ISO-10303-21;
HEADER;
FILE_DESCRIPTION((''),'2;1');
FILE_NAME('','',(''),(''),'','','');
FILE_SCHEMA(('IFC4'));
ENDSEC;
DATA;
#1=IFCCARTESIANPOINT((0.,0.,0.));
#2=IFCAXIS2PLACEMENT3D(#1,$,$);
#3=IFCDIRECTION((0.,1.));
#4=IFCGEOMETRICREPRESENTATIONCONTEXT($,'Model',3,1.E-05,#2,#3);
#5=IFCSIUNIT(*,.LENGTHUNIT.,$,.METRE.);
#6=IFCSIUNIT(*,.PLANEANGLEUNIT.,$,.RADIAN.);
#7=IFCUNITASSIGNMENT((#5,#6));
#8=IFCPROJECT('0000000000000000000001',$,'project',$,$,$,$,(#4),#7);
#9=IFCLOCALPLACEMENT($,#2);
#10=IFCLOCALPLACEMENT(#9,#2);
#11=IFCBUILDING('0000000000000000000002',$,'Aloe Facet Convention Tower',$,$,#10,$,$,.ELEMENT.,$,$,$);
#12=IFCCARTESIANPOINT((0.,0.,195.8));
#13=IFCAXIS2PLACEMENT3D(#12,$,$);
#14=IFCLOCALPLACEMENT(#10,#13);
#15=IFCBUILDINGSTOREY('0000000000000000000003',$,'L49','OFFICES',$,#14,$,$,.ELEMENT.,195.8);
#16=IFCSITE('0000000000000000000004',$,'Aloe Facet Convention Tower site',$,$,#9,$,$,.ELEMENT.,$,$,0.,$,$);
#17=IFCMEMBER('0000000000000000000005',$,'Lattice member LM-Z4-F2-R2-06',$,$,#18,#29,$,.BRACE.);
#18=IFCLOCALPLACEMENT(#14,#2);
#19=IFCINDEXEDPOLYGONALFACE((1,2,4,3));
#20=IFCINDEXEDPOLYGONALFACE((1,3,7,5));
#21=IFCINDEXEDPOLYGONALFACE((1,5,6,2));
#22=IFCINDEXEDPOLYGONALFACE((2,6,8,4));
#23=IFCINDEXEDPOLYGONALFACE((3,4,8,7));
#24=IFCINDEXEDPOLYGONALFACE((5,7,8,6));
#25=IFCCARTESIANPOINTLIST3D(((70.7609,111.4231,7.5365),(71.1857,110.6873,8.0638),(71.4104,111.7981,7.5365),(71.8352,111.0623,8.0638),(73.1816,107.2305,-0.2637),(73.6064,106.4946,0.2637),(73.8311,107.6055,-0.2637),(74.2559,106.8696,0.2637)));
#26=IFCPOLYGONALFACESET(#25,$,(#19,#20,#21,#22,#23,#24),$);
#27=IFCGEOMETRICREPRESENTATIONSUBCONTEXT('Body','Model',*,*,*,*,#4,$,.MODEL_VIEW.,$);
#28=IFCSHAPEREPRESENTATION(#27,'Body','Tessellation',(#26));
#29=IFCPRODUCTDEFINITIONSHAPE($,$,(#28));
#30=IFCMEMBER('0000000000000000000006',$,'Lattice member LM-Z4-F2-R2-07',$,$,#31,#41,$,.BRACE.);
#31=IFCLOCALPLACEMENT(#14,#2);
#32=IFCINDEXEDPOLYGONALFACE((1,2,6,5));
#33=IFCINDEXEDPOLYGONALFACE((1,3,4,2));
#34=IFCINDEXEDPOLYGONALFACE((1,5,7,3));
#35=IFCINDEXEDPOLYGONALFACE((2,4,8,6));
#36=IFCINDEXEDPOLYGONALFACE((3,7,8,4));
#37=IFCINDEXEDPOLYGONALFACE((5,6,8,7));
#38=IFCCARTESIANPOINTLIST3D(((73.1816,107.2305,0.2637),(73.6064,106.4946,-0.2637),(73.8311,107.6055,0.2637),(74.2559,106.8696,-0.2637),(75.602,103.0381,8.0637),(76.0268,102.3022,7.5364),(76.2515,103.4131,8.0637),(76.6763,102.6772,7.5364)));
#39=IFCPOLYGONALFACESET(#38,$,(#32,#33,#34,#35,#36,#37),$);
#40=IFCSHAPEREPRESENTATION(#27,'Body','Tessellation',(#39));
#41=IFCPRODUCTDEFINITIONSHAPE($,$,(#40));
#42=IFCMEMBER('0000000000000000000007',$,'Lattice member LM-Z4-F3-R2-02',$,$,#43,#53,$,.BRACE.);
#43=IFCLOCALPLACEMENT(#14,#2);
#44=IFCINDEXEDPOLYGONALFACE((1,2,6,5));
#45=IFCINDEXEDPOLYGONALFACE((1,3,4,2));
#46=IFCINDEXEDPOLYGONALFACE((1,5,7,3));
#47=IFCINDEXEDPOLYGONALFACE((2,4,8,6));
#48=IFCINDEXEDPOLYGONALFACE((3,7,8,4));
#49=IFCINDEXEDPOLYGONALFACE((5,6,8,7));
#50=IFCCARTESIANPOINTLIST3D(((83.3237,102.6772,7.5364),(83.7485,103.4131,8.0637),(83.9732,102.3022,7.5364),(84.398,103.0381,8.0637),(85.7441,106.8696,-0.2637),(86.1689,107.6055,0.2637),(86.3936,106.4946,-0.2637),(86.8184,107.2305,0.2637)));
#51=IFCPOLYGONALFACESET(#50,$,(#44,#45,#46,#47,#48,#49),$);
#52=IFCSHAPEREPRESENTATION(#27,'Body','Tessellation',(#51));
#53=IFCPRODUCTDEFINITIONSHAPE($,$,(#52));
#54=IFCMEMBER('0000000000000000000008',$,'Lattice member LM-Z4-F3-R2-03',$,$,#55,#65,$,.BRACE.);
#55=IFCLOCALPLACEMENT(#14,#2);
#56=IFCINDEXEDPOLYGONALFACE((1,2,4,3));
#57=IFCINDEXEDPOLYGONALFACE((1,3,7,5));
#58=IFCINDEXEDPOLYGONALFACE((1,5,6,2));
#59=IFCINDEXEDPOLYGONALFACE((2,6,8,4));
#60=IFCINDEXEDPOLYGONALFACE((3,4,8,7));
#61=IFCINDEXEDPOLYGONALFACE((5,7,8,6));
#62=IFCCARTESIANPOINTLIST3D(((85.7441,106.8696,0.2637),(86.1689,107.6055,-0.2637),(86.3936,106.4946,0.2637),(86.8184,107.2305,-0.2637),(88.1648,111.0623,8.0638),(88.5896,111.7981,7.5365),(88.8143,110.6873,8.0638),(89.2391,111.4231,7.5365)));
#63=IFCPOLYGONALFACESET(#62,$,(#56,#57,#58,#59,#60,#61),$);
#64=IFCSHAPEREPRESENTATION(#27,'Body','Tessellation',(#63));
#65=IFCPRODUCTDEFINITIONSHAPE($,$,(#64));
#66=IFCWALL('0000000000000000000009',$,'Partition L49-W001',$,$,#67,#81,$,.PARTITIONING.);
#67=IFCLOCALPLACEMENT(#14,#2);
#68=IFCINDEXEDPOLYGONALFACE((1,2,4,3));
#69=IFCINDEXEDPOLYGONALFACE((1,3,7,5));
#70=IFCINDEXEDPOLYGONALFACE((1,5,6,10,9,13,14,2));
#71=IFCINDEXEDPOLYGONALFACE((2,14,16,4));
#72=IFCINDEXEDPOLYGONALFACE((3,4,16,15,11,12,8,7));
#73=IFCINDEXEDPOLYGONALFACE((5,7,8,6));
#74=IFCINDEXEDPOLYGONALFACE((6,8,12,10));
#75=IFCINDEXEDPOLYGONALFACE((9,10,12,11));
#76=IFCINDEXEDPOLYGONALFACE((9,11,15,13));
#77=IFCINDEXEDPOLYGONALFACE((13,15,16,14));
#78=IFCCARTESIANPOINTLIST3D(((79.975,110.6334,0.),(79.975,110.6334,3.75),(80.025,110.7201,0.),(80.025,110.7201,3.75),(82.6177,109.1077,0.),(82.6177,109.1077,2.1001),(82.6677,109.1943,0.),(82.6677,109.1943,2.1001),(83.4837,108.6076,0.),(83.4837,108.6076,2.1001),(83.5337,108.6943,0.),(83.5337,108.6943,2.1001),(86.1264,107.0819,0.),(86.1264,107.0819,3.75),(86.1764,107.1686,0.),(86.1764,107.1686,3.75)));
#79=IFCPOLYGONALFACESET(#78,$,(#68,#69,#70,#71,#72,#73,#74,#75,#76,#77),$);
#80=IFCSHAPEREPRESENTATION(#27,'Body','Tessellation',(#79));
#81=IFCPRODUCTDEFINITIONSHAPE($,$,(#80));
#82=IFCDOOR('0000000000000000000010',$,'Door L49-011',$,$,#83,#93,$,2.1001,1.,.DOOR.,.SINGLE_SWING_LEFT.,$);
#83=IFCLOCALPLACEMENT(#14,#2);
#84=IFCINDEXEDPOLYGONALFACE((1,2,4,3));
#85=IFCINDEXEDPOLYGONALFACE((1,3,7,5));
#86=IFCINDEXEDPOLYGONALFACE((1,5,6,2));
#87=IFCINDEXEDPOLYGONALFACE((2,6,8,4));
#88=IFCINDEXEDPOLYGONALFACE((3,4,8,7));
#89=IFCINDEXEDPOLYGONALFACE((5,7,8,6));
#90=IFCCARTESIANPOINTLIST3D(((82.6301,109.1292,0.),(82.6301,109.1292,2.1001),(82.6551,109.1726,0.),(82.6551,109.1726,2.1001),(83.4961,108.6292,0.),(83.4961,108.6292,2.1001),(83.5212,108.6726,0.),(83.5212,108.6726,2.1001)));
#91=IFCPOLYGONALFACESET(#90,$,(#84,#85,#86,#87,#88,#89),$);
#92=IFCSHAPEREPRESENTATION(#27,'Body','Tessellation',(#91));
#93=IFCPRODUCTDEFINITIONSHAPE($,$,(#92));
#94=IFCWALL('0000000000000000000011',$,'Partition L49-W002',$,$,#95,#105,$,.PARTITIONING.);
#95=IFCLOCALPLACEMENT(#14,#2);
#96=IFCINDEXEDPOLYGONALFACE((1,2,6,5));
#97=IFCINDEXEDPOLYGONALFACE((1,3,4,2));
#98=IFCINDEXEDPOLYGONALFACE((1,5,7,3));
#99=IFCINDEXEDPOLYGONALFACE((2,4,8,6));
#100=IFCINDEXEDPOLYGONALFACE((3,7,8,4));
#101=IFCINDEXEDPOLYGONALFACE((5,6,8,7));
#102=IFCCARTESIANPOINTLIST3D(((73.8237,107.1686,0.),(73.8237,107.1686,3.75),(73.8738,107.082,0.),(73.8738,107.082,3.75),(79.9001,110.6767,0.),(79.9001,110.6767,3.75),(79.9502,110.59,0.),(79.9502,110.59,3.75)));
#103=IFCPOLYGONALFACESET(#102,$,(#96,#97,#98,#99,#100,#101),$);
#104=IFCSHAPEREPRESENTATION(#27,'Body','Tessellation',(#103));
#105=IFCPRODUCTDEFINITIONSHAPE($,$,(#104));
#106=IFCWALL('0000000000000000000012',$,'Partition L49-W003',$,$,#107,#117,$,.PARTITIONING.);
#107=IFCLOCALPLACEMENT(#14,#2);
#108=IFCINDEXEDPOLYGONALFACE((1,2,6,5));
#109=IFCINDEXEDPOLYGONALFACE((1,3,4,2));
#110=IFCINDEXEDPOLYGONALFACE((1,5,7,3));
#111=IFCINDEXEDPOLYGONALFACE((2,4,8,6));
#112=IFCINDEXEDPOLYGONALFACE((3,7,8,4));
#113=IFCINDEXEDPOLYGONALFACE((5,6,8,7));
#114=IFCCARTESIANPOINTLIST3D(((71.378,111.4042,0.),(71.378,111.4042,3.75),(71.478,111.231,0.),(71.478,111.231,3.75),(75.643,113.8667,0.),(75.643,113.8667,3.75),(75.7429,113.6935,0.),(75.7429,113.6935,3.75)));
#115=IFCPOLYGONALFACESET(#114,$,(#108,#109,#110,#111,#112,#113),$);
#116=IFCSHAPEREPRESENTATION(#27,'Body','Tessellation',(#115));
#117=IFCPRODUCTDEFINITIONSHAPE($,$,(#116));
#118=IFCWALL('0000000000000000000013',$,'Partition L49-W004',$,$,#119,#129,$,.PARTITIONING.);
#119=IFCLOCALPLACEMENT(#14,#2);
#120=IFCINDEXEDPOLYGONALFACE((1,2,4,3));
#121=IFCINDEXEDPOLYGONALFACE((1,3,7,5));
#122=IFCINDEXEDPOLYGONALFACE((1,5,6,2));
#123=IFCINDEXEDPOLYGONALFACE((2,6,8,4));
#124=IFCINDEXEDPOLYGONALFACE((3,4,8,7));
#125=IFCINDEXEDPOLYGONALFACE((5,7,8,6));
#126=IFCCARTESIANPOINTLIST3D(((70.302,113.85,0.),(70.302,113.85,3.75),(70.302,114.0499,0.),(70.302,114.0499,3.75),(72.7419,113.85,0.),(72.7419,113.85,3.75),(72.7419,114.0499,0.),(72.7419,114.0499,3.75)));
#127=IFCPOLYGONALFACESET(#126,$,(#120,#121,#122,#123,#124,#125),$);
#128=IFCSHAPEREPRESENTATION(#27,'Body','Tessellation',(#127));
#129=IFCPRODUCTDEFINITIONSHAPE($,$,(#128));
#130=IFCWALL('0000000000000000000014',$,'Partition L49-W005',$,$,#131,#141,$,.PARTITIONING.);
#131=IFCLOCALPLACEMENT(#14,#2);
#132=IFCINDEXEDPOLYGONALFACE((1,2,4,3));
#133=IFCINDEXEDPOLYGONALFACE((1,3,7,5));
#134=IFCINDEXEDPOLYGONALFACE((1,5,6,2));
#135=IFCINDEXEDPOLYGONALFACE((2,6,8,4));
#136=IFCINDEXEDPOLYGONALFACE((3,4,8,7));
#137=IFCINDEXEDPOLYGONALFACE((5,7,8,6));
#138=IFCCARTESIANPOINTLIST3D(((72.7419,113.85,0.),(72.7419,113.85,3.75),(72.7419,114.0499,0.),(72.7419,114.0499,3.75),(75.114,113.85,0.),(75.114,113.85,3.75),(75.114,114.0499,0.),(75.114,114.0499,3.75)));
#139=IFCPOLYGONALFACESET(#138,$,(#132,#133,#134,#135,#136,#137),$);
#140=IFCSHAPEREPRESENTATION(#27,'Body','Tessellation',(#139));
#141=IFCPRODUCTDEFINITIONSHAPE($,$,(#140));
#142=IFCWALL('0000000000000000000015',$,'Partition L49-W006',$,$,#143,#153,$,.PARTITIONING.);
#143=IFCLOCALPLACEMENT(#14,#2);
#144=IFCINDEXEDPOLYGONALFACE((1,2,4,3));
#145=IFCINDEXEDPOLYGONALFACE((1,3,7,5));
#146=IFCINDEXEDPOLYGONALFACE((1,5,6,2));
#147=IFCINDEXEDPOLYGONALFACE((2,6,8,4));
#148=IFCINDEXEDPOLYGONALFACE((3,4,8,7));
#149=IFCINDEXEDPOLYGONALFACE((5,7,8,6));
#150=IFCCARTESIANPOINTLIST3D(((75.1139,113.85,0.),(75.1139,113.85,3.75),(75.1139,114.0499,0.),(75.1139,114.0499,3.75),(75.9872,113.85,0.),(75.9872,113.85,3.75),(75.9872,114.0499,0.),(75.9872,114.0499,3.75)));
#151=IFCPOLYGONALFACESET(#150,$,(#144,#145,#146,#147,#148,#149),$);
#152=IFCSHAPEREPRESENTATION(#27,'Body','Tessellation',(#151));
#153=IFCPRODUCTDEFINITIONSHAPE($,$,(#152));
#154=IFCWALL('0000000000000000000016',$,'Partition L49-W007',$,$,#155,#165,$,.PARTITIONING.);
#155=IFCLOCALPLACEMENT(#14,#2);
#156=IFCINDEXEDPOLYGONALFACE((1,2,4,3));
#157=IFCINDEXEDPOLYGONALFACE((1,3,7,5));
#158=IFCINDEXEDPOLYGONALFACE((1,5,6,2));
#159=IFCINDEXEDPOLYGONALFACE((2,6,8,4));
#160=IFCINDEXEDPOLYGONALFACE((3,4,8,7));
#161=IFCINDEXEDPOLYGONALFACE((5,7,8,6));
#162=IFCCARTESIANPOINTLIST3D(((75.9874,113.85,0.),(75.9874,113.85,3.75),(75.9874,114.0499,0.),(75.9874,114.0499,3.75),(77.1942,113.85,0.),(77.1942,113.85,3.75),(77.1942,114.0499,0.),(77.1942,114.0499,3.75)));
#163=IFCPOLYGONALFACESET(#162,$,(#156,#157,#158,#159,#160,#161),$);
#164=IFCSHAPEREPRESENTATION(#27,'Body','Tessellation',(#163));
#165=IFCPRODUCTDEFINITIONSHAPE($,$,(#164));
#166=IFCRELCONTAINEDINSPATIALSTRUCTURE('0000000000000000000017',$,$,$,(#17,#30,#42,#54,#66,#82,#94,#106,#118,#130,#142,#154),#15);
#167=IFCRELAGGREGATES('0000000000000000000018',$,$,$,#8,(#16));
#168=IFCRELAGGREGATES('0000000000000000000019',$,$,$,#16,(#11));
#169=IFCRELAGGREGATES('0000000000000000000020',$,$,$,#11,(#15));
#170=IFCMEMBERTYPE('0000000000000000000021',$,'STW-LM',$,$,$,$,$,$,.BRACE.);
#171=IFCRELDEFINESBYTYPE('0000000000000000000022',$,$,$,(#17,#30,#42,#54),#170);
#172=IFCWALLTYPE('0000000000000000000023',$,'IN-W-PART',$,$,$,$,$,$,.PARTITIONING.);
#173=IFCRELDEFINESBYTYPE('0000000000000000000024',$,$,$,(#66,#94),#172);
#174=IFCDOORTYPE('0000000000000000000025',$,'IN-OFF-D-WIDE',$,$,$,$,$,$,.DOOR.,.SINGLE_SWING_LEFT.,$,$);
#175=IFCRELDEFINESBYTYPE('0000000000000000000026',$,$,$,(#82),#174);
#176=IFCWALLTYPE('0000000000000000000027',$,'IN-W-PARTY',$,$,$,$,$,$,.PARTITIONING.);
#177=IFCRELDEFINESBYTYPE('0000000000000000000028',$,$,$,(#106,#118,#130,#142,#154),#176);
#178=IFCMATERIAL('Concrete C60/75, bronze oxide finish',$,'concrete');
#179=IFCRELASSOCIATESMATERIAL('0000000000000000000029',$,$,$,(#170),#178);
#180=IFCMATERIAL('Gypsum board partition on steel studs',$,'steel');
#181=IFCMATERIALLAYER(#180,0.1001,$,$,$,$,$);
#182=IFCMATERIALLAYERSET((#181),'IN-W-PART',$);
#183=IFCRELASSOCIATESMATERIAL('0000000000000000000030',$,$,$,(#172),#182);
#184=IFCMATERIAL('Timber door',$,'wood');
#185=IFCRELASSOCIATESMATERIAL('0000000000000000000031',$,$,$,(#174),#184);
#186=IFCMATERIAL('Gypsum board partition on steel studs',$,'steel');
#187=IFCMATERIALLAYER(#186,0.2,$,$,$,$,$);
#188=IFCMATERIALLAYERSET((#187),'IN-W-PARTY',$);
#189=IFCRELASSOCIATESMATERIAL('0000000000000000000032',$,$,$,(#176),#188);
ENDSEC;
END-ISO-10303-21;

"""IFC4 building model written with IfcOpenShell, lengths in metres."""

from ifc_helpers import new_model, si_unit, direction, frame, frame_2d, origin, origin_2d, place, context, subcontext, project, spatial, rectangle, extrude, material, layer, layer_set, material_profile, profile_set, type_object, element, fill, save


model = new_model("IFC4")

# Units and contexts
model_context = context("Model", 3, precision=1e-05, world=origin(), true_north=direction((0.0, 1.0)))
body_context = subcontext(model_context, "Body", "Model", "MODEL_VIEW")
ifc_project = project(units=[si_unit("LENGTHUNIT", "METRE"), si_unit("PLANEANGLEUNIT", "RADIAN")], contexts=[model_context])

# Site, building, storey
site_placement = place(None, origin())
site = spatial("IfcSite", under=ifc_project, at=site_placement, Name="Aloe Facet Convention Tower site", CompositionType="ELEMENT", RefElevation=0.0)
building_placement = place(site_placement, origin())
building = spatial("IfcBuilding", under=site, at=building_placement, Name="Aloe Facet Convention Tower", CompositionType="ELEMENT")
storey_placement = place(building_placement, frame((0.0, 0.0, 195.8)))
storey = spatial("IfcBuildingStorey", under=building, at=storey_placement, Name="L49", Description="OFFICES", CompositionType="ELEMENT", Elevation=195.8)

# Members
ifc_material_1 = material(Name="Concrete C60/75, bronze oxide finish", Category="concrete")
ifc_material_profile_1 = material_profile(ifc_material_1, rectangle(XDim=0.75, YDim=1.0, at=origin_2d()), Name="STW-LM")
ifc_profile_set_1 = profile_set([ifc_material_profile_1], Name="Concrete C60/75, bronze oxide finish")
member_type = type_object("IfcMemberType", Name="STW-LM", PredefinedType="BRACE", material=ifc_profile_set_1)
member_1_placement = place(storey_placement, frame((73.7188, 107.05, 0.0), z_axis=(-0.263678, 0.456697, 0.849648), x_axis=(-0.866022, -0.500006, 0.0)))
element("IfcMember", 1, at=member_1_placement, inside=storey, type_object=member_type, Name="Lattice member LM-Z4-F2-R2-06", PredefinedType="BRACE", context=body_context, shape_type="SweptSolid", body=[
    extrude(rectangle(XDim=0.75, YDim=1.0, at=origin_2d()), origin(), (0.0, 0.0, 1.0), 9.1804),
])
for number, where, z_axis, x_axis, name in (
    (2, (73.7188, 107.05, 0.0), (0.263657, -0.456679, 0.849664), (0.866031, 0.49999, 0.0), "Lattice member LM-Z4-F2-R2-07"),
    (3, (86.2812, 107.05, 0.0), (-0.263657, -0.456679, 0.849664), (0.866031, -0.49999, 0.0), "Lattice member LM-Z4-F3-R2-02"),
):
    element("IfcMember", number, at=place(storey_placement, frame(where, z_axis=z_axis, x_axis=x_axis)), inside=storey, type_object=member_type, Name=name, PredefinedType="BRACE", context=body_context, shape_type="SweptSolid", body=[
        extrude(rectangle(XDim=0.75, YDim=1.0, at=origin_2d()), origin(), (0.0, 0.0, 1.0), 9.1802),
    ])
member_2_placement = place(storey_placement, frame((86.2812, 107.05, 0.0), z_axis=(0.263678, 0.456697, 0.849648), x_axis=(-0.866022, 0.500006, 0.0)))
element("IfcMember", 4, at=member_2_placement, inside=storey, type_object=member_type, Name="Lattice member LM-Z4-F3-R2-03", PredefinedType="BRACE", context=body_context, shape_type="SweptSolid", body=[
    extrude(rectangle(XDim=0.75, YDim=1.0, at=origin_2d()), origin(), (0.0, 0.0, 1.0), 9.1804),
])

# Wall, opening, door
ifc_material_2 = material(Name="Gypsum board partition on steel studs", Category="steel")
ifc_layer_1 = layer(ifc_material_2, 0.1001)
ifc_layer_set_1 = layer_set([ifc_layer_1], Name="IN-W-PART")
wall_type_1 = type_object("IfcWallType", Name="IN-W-PART", PredefinedType="PARTITIONING", material=ifc_layer_set_1)
wall_1_placement = place(storey_placement, frame((80.0, 110.6768, 0.0), z_axis=(0.0, 0.0, 1.0), x_axis=(0.866024, -0.500002, 0.0)))
wall_1 = element("IfcWall", 5, at=wall_1_placement, inside=storey, type_object=wall_type_1, Name="Partition L49-W001", PredefinedType="PARTITIONING", context=body_context, shape_type="SweptSolid", body=[
    extrude(rectangle(XDim=7.103, YDim=0.1001, at=frame_2d((3.5515, 0.0))), origin(), (0.0, 0.0, 1.0), 3.75),
])
opening_placement = place(wall_1_placement, frame((3.0515, 0.0, 0.0)))
opening = element("IfcOpeningElement", 6, at=opening_placement, cuts=wall_1, PredefinedType="OPENING", context=body_context, shape_type="SweptSolid", body=[
    extrude(rectangle(XDim=1.0, YDim=2.1001, at=frame_2d((0.5, 1.05))), frame((0.0, 0.0601, 0.0), z_axis=(0.0, -1.0, 0.0), x_axis=(1.0, 0.0, 0.0)), (0.0, 0.0, 1.0), 0.1201),
])
ifc_material_3 = material(Name="Timber door", Category="wood")
door_type = type_object("IfcDoorType", Name="IN-OFF-D-WIDE", OperationType="SINGLE_SWING_LEFT", PredefinedType="DOOR", material=ifc_material_3)
door_placement = place(opening_placement, origin())
door = element("IfcDoor", 7, at=door_placement, inside=storey, type_object=door_type, Name="Door L49-011", OperationType="SINGLE_SWING_LEFT", OverallHeight=2.1001, OverallWidth=1.0, PredefinedType="DOOR", context=body_context, shape_type="SweptSolid", body=[
    extrude(rectangle(XDim=1.0, YDim=2.1001, at=frame_2d((0.5, 1.05))), frame((0.0, 0.0249, 0.0), z_axis=(0.0, -1.0, 0.0), x_axis=(1.0, 0.0, 0.0)), (0.0, 0.0, 1.0), 0.05),
])
fill(opening, door)

# Walls
wall_2_placement = place(storey_placement, frame((73.8486, 107.1252, 0.0), z_axis=(0.0, 0.0, 1.0), x_axis=(0.866036, 0.499982, 0.0)))
element("IfcWall", 8, at=wall_2_placement, inside=storey, type_object=wall_type_1, Name="Partition L49-W002", PredefinedType="PARTITIONING", context=body_context, shape_type="SweptSolid", body=[
    extrude(rectangle(XDim=7.0164, YDim=0.1001, at=frame_2d((3.5083, 0.0))), origin(), (0.0, 0.0, 1.0), 3.75),
])
ifc_material_4 = material(Name="Gypsum board partition on steel studs", Category="steel")
ifc_layer_2 = layer(ifc_material_4, 0.2)
ifc_layer_set_2 = layer_set([ifc_layer_2], Name="IN-W-PARTY")
wall_type_2 = type_object("IfcWallType", Name="IN-W-PARTY", PredefinedType="PARTITIONING", material=ifc_layer_set_2)
wall_3_placement = place(storey_placement, frame((71.428, 111.3176, 0.0), z_axis=(0.0, 0.0, 1.0), x_axis=(0.86602, 0.50001, 0.0)))
element("IfcWall", 9, at=wall_3_placement, inside=storey, type_object=wall_type_2, Name="Partition L49-W003", PredefinedType="PARTITIONING", context=body_context, shape_type="SweptSolid", body=[
    extrude(rectangle(XDim=4.9248, YDim=0.2, at=frame_2d((2.4624, 0.0))), origin(), (0.0, 0.0, 1.0), 3.75),
])
wall_4_placement = place(storey_placement, frame((70.302, 113.95, 0.0), z_axis=(0.0, 0.0, 1.0), x_axis=(1.0, 0.0, 0.0)))
element("IfcWall", 10, at=wall_4_placement, inside=storey, type_object=wall_type_2, Name="Partition L49-W004", PredefinedType="PARTITIONING", context=body_context, shape_type="SweptSolid", body=[
    extrude(rectangle(XDim=2.4399, YDim=0.2, at=frame_2d((1.22, 0.0))), origin(), (0.0, 0.0, 1.0), 3.75),
])
wall_5_placement = place(storey_placement, frame((72.7419, 113.95, 0.0), z_axis=(0.0, 0.0, 1.0), x_axis=(1.0, 0.0, 0.0)))
element("IfcWall", 11, at=wall_5_placement, inside=storey, type_object=wall_type_2, Name="Partition L49-W005", PredefinedType="PARTITIONING", context=body_context, shape_type="SweptSolid", body=[
    extrude(rectangle(XDim=2.3721, YDim=0.2, at=frame_2d((1.186, 0.0))), origin(), (0.0, 0.0, 1.0), 3.75),
])
wall_6_placement = place(storey_placement, frame((75.114, 113.95, 0.0), z_axis=(0.0, 0.0, 1.0), x_axis=(1.0, 0.0, 0.0)))
element("IfcWall", 12, at=wall_6_placement, inside=storey, type_object=wall_type_2, Name="Partition L49-W006", PredefinedType="PARTITIONING", context=body_context, shape_type="SweptSolid", body=[
    extrude(rectangle(XDim=0.8733, YDim=0.2, at=frame_2d((0.4365, 0.0))), origin(), (0.0, 0.0, 1.0), 3.75),
])
wall_7_placement = place(storey_placement, frame((75.9873, 113.95, 0.0), z_axis=(0.0, 0.0, 1.0), x_axis=(1.0, 0.0, 0.0)))
element("IfcWall", 13, at=wall_7_placement, inside=storey, type_object=wall_type_2, Name="Partition L49-W007", PredefinedType="PARTITIONING", context=body_context, shape_type="SweptSolid", body=[
    extrude(rectangle(XDim=1.2068, YDim=0.2, at=frame_2d((0.6035, 0.0))), origin(), (0.0, 0.0, 1.0), 3.75),
])

save(model, "model.ifc")
